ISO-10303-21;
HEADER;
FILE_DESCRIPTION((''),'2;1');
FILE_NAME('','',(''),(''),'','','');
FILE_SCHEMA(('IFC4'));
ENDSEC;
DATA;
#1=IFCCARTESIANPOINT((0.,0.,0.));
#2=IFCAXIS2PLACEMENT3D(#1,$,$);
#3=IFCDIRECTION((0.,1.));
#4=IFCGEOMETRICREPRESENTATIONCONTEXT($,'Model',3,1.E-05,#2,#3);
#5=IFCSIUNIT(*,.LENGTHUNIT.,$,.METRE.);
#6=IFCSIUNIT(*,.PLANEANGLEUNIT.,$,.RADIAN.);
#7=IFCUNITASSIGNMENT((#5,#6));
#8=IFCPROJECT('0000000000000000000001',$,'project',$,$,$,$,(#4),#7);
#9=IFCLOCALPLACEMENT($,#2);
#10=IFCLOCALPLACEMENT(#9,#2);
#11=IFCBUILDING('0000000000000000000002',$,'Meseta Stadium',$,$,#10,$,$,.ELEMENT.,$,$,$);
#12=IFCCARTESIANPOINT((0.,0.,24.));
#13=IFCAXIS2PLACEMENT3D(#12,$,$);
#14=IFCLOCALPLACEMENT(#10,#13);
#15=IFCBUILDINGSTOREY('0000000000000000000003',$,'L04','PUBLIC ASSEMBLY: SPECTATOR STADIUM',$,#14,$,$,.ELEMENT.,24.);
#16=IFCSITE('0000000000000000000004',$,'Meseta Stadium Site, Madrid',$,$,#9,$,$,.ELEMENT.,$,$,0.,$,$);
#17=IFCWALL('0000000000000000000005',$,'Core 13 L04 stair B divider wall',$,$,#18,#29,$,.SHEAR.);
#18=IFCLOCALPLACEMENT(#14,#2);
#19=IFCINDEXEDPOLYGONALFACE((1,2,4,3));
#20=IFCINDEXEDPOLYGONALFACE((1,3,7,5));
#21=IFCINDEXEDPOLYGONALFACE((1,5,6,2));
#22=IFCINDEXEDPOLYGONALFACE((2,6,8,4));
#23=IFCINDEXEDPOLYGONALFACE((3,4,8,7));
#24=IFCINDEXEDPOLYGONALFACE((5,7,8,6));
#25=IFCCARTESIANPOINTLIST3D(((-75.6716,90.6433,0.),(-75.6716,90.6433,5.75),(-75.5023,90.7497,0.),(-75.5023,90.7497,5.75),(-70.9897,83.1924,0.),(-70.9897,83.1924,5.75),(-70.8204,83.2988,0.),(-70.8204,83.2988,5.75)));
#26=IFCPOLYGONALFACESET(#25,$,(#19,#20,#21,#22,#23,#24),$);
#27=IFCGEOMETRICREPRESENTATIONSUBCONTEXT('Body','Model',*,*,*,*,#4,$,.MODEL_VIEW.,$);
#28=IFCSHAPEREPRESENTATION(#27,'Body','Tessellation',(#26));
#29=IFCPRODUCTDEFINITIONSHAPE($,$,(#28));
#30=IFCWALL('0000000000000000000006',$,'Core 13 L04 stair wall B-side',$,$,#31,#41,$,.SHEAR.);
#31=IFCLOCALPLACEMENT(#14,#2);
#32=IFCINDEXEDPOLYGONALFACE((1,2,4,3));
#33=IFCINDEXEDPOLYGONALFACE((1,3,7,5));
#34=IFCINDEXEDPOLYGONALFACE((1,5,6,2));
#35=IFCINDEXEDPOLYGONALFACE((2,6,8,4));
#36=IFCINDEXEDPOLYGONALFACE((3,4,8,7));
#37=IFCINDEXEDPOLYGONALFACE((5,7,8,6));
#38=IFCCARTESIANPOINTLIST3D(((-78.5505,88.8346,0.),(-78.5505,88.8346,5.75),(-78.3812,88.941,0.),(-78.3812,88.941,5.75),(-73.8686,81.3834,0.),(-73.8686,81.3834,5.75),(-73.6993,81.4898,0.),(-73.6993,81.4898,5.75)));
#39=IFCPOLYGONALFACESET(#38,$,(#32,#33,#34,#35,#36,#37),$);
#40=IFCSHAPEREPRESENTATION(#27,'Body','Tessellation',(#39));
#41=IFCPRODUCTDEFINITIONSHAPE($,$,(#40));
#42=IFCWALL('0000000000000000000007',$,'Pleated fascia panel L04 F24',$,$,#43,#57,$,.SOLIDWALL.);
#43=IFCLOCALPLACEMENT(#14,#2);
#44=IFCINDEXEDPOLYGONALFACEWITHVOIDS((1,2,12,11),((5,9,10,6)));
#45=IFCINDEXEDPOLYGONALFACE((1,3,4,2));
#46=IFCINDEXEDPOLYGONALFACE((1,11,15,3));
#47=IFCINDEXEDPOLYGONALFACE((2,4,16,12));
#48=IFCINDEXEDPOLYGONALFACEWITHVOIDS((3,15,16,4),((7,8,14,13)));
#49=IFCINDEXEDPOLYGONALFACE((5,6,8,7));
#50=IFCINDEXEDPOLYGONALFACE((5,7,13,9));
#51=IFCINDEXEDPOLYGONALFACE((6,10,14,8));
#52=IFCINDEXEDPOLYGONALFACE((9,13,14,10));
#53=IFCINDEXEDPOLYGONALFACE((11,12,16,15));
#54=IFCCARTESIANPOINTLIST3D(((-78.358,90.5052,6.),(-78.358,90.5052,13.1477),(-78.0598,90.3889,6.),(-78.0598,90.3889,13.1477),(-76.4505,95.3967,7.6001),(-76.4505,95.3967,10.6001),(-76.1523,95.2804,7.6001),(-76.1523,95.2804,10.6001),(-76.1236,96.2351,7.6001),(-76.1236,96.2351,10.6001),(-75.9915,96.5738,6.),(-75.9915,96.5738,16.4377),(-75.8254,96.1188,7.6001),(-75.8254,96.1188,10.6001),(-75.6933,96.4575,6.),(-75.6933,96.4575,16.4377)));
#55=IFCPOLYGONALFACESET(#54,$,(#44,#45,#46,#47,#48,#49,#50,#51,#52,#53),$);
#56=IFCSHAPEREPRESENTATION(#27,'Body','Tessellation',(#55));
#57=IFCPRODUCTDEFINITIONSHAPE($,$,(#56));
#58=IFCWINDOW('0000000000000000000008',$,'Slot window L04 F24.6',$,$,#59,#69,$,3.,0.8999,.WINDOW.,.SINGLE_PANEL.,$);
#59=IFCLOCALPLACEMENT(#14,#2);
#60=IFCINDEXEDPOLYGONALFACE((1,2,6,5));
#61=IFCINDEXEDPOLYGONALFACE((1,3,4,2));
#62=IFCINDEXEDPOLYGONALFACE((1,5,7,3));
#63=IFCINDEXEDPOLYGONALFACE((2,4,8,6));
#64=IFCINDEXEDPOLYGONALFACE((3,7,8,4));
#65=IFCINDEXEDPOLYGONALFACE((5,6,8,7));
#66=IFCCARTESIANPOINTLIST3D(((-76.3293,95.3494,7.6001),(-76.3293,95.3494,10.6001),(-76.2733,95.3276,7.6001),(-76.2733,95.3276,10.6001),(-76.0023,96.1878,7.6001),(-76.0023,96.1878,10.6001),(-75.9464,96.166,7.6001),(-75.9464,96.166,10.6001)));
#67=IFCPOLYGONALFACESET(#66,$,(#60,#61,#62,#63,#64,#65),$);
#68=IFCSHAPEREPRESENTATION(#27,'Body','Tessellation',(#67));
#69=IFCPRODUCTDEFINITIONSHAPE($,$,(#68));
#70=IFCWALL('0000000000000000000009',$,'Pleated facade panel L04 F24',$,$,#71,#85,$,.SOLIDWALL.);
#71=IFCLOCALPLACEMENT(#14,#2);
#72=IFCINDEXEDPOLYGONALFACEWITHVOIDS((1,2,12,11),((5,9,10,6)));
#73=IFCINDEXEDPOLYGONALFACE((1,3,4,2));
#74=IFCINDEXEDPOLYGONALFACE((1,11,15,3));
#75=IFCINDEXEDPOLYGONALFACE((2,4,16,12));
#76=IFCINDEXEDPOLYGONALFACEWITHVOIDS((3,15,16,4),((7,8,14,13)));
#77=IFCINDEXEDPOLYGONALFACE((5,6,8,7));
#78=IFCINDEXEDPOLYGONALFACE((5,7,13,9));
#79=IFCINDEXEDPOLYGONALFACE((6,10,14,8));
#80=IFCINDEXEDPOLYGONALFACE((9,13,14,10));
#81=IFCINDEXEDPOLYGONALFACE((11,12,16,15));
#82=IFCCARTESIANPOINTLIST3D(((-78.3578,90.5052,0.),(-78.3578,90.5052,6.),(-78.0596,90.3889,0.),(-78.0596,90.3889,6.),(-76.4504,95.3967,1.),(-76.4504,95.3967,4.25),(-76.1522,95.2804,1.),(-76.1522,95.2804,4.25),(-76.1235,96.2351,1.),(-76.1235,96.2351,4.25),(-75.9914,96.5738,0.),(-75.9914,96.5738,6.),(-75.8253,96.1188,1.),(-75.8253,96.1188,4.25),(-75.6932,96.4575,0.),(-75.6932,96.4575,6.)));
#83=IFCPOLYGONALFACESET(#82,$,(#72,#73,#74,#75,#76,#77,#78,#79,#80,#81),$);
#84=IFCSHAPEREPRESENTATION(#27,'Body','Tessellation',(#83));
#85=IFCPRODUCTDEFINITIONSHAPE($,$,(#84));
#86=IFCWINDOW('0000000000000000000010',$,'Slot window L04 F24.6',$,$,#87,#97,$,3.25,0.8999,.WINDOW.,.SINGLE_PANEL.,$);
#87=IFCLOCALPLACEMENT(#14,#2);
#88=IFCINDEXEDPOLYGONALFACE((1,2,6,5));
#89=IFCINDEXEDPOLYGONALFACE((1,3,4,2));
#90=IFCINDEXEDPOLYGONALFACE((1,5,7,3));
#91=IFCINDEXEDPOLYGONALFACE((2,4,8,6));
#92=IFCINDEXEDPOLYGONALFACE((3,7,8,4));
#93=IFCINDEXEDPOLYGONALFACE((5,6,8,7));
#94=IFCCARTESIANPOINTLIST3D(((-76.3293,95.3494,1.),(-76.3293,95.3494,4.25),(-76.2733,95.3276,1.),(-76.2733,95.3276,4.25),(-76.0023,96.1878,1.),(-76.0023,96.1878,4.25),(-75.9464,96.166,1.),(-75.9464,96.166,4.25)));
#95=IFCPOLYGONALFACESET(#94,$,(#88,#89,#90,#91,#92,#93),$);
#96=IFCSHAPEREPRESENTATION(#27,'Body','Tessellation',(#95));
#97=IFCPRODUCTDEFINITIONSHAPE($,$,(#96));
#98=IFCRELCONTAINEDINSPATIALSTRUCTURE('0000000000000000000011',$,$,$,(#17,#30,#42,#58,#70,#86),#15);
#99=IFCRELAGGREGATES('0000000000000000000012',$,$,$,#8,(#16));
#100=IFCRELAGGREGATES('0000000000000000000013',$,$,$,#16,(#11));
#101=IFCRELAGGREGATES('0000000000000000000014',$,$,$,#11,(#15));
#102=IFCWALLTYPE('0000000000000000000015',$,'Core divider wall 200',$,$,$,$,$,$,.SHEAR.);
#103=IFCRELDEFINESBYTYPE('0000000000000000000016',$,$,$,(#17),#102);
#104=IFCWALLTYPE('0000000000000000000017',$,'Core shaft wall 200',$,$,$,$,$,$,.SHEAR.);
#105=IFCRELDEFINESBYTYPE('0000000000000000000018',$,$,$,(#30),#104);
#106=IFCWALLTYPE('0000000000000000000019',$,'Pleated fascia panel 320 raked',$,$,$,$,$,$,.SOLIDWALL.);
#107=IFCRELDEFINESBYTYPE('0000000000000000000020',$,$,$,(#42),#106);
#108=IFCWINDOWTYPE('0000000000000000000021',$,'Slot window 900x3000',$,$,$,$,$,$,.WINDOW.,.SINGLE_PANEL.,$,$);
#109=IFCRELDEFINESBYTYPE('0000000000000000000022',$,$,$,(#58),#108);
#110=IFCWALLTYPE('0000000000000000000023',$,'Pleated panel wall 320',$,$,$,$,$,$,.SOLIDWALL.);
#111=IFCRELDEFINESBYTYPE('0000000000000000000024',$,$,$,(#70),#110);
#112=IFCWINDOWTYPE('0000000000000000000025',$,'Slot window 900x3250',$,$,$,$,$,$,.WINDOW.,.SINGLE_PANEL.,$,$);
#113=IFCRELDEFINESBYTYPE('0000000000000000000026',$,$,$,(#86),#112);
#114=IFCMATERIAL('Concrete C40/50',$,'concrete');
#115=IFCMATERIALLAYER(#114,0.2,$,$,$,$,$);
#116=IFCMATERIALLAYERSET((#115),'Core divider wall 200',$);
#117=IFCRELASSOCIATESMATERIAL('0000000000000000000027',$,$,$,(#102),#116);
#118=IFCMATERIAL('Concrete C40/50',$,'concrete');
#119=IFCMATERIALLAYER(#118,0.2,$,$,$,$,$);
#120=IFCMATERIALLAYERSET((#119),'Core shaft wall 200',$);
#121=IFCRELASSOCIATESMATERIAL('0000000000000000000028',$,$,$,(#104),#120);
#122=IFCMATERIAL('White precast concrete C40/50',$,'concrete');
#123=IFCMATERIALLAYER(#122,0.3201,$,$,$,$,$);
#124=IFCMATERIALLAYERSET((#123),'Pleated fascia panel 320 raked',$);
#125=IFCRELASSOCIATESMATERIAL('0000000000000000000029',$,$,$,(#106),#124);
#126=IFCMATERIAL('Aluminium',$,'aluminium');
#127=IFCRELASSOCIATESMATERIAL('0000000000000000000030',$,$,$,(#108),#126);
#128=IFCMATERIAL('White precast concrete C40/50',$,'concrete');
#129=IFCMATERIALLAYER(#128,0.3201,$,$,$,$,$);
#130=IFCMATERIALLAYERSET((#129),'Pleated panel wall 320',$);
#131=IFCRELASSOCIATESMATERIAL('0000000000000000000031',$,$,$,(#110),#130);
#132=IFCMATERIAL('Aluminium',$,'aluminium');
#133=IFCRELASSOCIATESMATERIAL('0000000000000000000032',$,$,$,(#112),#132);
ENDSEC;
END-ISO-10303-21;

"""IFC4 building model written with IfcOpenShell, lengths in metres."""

from ifc_helpers import new_model, si_unit, direction, frame, frame_2d, origin, place, context, subcontext, project, spatial, polyline, rectangle, outline, extrude, material, layer, layer_set, type_object, element, fill, save


model = new_model("IFC4")

# Units and contexts
model_context = context("Model", 3, precision=1e-05, world=origin(), true_north=direction((0.0, 1.0)))
body_context = subcontext(model_context, "Body", "Model", "MODEL_VIEW")
ifc_project = project(units=[si_unit("LENGTHUNIT", "METRE"), si_unit("PLANEANGLEUNIT", "RADIAN")], contexts=[model_context])

# Site, building, storey
site_placement = place(None, origin())
site = spatial("IfcSite", under=ifc_project, at=site_placement, Name="Meseta Stadium Site, Madrid", CompositionType="ELEMENT", RefElevation=0.0)
building_placement = place(site_placement, origin())
building = spatial("IfcBuilding", under=site, at=building_placement, Name="Meseta Stadium", CompositionType="ELEMENT")
storey_placement = place(building_placement, frame((0.0, 0.0, 24.0)))
storey = spatial("IfcBuildingStorey", under=building, at=storey_placement, Name="L04", Description="PUBLIC ASSEMBLY: SPECTATOR STADIUM", CompositionType="ELEMENT", Elevation=24.0)

# Walls
ifc_material_1 = material(Name="Concrete C40/50", Category="concrete")
ifc_layer_1 = layer(ifc_material_1, 0.2)
ifc_layer_set_1 = layer_set([ifc_layer_1], Name="Core divider wall 200")
wall_type_1 = type_object("IfcWallType", Name="Core divider wall 200", PredefinedType="SHEAR", material=ifc_layer_set_1)
wall_1_placement = place(storey_placement, frame((-75.5869, 90.6965, 0.0), z_axis=(0.0, 0.0, 1.0), x_axis=(0.532045, -0.846716, 0.0)))
element("IfcWall", 1, at=wall_1_placement, inside=storey, type_object=wall_type_1, Name="Core 13 L04 stair B divider wall", PredefinedType="SHEAR", context=body_context, shape_type="SweptSolid", body=[
    extrude(rectangle(XDim=8.7998, YDim=0.2, at=frame_2d((4.3999, 0.0))), origin(), (0.0, 0.0, 1.0), 5.75),
])
ifc_material_2 = material(Name="Concrete C40/50", Category="concrete")
ifc_layer_2 = layer(ifc_material_2, 0.2)
ifc_layer_set_2 = layer_set([ifc_layer_2], Name="Core shaft wall 200")
wall_type_2 = type_object("IfcWallType", Name="Core shaft wall 200", PredefinedType="SHEAR", material=ifc_layer_set_2)
wall_2_placement = place(storey_placement, frame((-78.4658, 88.8877, 0.0), z_axis=(0.0, 0.0, 1.0), x_axis=(0.532032, -0.846724, 0.0)))
element("IfcWall", 2, at=wall_2_placement, inside=storey, type_object=wall_type_2, Name="Core 13 L04 stair wall B-side", PredefinedType="SHEAR", context=body_context, shape_type="SweptSolid", body=[
    extrude(rectangle(XDim=8.8, YDim=0.2, at=frame_2d((4.3999, 0.0))), origin(), (0.0, 0.0, 1.0), 5.75),
])

# Walls, openings, windows
ifc_material_3 = material(Name="White precast concrete C40/50", Category="concrete")
ifc_layer_3 = layer(ifc_material_3, 0.3201)
ifc_layer_set_3 = layer_set([ifc_layer_3], Name="Pleated fascia panel 320 raked")
wall_type_3 = type_object("IfcWallType", Name="Pleated fascia panel 320 raked", PredefinedType="SOLIDWALL", material=ifc_layer_set_3)
wall_3_placement = place(storey_placement, frame((-78.2087, 90.447, 6.0), z_axis=(0.0, 0.0, 1.0), x_axis=(0.363305, 0.93167, 0.0)))
wall_3 = element("IfcWall", 3, at=wall_3_placement, inside=storey, type_object=wall_type_3, Name="Pleated fascia panel L04 F24", PredefinedType="SOLIDWALL", context=body_context, shape_type="SweptSolid", body=[
    extrude(outline(polyline([(0.0, 0.0), (6.5137, 0.0), (6.5137, 10.4377), (0.0, 7.1477), (0.0, 0.0)])), frame((0.0, 0.1602, 0.0), z_axis=(0.0, -1.0, 0.0), x_axis=(1.0, 0.0, 0.0)), (0.0, 0.0, 1.0), 0.3201),
])
opening_1_placement = place(wall_3_placement, frame((5.2502, 0.0, 1.6001)))
opening_1 = element("IfcOpeningElement", 4, at=opening_1_placement, cuts=wall_3, PredefinedType="OPENING", context=body_context, shape_type="SweptSolid", body=[
    extrude(rectangle(XDim=0.8999, YDim=3.0, at=frame_2d((0.45, 1.5))), frame((0.0, 0.1699, 0.0), z_axis=(0.0, -1.0, 0.0), x_axis=(1.0, 0.0, 0.0)), (0.0, 0.0, 1.0), 0.3401),
])
ifc_material_4 = material(Name="Aluminium", Category="aluminium")
window_type_1 = type_object("IfcWindowType", Name="Slot window 900x3000", PartitioningType="SINGLE_PANEL", PredefinedType="WINDOW", material=ifc_material_4)
window_1_placement = place(opening_1_placement, origin())
window_1 = element("IfcWindow", 5, at=window_1_placement, inside=storey, type_object=window_type_1, Name="Slot window L04 F24.6", OverallHeight=3.0, OverallWidth=0.8999, PartitioningType="SINGLE_PANEL", PredefinedType="WINDOW", context=body_context, shape_type="SweptSolid", body=[
    extrude(rectangle(XDim=0.8999, YDim=3.0, at=frame_2d((0.45, 1.5))), frame((0.0, 0.03, 0.0), z_axis=(0.0, -1.0, 0.0), x_axis=(1.0, 0.0, 0.0)), (0.0, 0.0, 1.0), 0.0601),
])
fill(opening_1, window_1)
ifc_material_5 = material(Name="White precast concrete C40/50", Category="concrete")
ifc_layer_4 = layer(ifc_material_5, 0.3201)
ifc_layer_set_4 = layer_set([ifc_layer_4], Name="Pleated panel wall 320")
wall_type_4 = type_object("IfcWallType", Name="Pleated panel wall 320", PredefinedType="SOLIDWALL", material=ifc_layer_set_4)
wall_4_placement = place(storey_placement, frame((-78.2087, 90.447, 0.0), z_axis=(0.0, 0.0, 1.0), x_axis=(0.363305, 0.93167, 0.0)))
wall_4 = element("IfcWall", 6, at=wall_4_placement, inside=storey, type_object=wall_type_4, Name="Pleated facade panel L04 F24", PredefinedType="SOLIDWALL", context=body_context, shape_type="SweptSolid", body=[
    extrude(rectangle(XDim=6.5137, YDim=0.3201, at=frame_2d((3.2568, 0.0))), origin(), (0.0, 0.0, 1.0), 6.0),
])
opening_2_placement = place(wall_4_placement, frame((5.2502, 0.0, 1.0)))
opening_2 = element("IfcOpeningElement", 7, at=opening_2_placement, cuts=wall_4, PredefinedType="OPENING", context=body_context, shape_type="SweptSolid", body=[
    extrude(rectangle(XDim=0.8999, YDim=3.25, at=frame_2d((0.45, 1.625))), frame((0.0, 0.1699, 0.0), z_axis=(0.0, -1.0, 0.0), x_axis=(1.0, 0.0, 0.0)), (0.0, 0.0, 1.0), 0.3401),
])
ifc_material_6 = material(Name="Aluminium", Category="aluminium")
window_type_2 = type_object("IfcWindowType", Name="Slot window 900x3250", PartitioningType="SINGLE_PANEL", PredefinedType="WINDOW", material=ifc_material_6)
window_2_placement = place(opening_2_placement, origin())
window_2 = element("IfcWindow", 8, at=window_2_placement, inside=storey, type_object=window_type_2, Name="Slot window L04 F24.6", OverallHeight=3.25, OverallWidth=0.8999, PartitioningType="SINGLE_PANEL", PredefinedType="WINDOW", context=body_context, shape_type="SweptSolid", body=[
    extrude(rectangle(XDim=0.8999, YDim=3.25, at=frame_2d((0.45, 1.625))), frame((0.0, 0.03, 0.0), z_axis=(0.0, -1.0, 0.0), x_axis=(1.0, 0.0, 0.0)), (0.0, 0.0, 1.0), 0.0601),
])
fill(opening_2, window_2)

save(model, "model.ifc")
